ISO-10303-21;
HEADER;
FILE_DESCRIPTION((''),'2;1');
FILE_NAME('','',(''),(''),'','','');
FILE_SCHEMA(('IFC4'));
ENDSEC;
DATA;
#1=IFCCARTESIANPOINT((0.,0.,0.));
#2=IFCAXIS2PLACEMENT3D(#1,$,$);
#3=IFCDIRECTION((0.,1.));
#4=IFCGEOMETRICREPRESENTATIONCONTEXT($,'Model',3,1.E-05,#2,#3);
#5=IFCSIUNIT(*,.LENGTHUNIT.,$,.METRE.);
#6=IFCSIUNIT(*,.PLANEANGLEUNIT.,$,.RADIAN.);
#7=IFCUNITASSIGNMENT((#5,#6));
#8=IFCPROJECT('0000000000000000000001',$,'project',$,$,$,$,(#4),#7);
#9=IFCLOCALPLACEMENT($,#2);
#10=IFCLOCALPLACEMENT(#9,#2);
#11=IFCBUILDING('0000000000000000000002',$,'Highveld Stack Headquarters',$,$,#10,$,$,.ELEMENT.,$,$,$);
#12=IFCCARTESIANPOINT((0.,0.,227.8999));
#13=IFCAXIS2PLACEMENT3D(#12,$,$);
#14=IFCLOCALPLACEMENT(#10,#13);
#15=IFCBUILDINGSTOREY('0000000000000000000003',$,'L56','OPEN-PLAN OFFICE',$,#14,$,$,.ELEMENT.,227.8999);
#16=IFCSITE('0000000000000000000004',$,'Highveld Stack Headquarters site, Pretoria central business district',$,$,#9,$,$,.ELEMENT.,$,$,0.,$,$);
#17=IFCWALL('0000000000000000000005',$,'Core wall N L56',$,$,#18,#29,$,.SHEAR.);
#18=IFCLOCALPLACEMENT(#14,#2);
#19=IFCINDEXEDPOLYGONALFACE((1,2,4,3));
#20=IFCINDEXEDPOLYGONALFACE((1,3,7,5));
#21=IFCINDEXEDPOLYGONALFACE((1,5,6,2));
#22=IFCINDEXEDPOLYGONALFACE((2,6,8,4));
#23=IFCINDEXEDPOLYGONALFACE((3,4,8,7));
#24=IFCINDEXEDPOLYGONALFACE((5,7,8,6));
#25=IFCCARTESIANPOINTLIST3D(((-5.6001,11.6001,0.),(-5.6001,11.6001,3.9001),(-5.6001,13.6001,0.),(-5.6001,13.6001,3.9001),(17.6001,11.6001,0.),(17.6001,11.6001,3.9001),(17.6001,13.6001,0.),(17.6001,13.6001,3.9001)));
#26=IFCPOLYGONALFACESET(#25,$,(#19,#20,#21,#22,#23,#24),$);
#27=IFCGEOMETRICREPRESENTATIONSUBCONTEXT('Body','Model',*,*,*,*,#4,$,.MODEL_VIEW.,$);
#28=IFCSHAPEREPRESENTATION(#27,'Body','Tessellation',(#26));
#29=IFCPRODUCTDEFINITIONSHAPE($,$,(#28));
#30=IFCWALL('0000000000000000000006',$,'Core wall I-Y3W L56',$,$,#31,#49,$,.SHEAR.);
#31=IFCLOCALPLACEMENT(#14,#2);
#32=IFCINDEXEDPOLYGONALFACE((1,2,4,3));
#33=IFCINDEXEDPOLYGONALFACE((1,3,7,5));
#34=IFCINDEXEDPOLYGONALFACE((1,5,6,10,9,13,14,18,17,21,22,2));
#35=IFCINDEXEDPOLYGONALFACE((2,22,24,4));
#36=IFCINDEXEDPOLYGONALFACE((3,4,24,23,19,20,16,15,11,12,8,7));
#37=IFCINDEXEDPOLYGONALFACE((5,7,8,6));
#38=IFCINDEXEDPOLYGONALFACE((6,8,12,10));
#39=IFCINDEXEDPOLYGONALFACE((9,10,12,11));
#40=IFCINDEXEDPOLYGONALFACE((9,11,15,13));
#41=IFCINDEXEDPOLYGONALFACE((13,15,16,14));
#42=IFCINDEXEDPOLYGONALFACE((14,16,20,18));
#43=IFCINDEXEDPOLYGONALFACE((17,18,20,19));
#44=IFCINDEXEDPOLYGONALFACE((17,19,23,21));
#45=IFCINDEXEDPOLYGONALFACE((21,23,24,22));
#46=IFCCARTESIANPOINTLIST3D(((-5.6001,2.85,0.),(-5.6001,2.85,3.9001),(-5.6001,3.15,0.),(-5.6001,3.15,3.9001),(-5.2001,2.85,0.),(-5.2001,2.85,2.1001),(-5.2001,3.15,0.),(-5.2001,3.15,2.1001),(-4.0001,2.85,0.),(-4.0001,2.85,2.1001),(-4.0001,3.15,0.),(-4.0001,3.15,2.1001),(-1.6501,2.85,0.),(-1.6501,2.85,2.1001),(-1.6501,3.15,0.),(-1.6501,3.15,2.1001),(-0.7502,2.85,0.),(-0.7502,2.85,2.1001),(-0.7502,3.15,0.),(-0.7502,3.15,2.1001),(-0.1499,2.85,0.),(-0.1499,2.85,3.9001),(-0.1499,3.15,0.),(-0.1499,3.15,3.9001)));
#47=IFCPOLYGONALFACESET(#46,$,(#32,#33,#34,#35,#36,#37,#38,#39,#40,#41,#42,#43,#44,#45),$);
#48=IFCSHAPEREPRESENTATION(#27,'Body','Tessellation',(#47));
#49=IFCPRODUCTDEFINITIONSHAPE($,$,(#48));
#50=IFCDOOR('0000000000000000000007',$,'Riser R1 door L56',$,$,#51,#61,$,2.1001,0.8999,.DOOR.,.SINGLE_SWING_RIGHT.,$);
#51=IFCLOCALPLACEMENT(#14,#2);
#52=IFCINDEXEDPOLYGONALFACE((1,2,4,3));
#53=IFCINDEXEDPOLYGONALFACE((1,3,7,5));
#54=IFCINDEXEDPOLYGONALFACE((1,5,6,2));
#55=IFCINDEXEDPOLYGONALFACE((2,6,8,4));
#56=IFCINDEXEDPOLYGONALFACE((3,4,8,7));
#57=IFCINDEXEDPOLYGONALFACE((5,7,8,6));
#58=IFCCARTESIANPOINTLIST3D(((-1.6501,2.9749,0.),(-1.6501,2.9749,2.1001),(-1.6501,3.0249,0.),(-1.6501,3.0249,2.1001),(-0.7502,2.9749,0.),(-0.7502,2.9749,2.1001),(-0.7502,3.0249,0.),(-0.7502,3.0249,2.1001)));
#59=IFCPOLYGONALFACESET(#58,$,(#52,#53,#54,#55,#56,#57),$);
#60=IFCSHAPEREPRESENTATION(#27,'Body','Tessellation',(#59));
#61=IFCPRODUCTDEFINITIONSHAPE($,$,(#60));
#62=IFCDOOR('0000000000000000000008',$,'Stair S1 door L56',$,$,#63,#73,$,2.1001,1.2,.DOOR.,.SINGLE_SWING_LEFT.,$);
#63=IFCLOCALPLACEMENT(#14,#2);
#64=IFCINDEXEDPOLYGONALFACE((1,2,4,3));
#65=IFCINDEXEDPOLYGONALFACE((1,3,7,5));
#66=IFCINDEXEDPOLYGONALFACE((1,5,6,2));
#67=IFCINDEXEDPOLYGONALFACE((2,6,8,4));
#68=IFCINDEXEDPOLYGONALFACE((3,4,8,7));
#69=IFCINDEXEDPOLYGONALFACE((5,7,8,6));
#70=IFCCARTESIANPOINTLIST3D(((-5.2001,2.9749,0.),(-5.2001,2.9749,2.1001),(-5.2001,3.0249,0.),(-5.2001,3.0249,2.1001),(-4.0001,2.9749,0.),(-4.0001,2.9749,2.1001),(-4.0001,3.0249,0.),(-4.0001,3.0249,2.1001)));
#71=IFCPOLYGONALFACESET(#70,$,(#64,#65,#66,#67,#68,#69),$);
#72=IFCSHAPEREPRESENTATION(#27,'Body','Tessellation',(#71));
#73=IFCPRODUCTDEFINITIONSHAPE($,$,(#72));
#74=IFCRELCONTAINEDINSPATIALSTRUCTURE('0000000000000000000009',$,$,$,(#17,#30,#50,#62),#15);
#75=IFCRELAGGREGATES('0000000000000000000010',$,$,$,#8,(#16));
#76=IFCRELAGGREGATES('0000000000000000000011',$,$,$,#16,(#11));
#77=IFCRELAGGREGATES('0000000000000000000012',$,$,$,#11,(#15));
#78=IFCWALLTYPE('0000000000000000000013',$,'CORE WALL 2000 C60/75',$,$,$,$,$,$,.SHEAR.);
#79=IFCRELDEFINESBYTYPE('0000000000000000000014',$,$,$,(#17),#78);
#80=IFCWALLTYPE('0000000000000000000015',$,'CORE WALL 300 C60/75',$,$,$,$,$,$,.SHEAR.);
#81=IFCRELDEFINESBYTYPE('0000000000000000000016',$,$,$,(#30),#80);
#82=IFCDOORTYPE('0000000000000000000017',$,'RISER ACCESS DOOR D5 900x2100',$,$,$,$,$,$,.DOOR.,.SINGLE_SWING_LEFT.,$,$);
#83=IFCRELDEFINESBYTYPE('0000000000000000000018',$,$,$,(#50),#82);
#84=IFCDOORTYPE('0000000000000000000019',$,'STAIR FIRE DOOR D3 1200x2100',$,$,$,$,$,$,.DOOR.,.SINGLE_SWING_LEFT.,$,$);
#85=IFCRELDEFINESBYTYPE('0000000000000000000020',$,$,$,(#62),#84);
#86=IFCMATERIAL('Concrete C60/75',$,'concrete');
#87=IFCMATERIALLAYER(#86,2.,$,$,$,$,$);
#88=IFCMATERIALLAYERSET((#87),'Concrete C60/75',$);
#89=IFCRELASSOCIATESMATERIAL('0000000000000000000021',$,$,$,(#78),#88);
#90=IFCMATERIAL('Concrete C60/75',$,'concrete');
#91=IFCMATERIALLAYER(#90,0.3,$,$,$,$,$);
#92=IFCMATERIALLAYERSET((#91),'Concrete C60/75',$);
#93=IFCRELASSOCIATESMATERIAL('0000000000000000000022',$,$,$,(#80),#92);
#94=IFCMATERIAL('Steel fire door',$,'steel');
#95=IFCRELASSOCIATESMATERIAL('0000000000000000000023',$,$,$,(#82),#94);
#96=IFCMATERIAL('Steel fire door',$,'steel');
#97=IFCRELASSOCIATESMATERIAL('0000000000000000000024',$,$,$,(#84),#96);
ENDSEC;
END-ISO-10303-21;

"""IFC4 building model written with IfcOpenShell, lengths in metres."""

from ifc_helpers import new_model, si_unit, direction, frame, frame_2d, origin, place, context, subcontext, project, spatial, rectangle, extrude, material, layer, layer_set, type_object, element, fill, save


model = new_model("IFC4")

# Units and contexts
model_context = context("Model", 3, precision=1e-05, world=origin(), true_north=direction((0.0, 1.0)))
body_context = subcontext(model_context, "Body", "Model", "MODEL_VIEW")
ifc_project = project(units=[si_unit("LENGTHUNIT", "METRE"), si_unit("PLANEANGLEUNIT", "RADIAN")], contexts=[model_context])

# Site, building, storey
site_placement = place(None, origin())
site = spatial("IfcSite", under=ifc_project, at=site_placement, Name="Highveld Stack Headquarters site, Pretoria central business district", CompositionType="ELEMENT", RefElevation=0.0)
building_placement = place(site_placement, origin())
building = spatial("IfcBuilding", under=site, at=building_placement, Name="Highveld Stack Headquarters", CompositionType="ELEMENT")
storey_placement = place(building_placement, frame((0.0, 0.0, 227.8999)))
storey = spatial("IfcBuildingStorey", under=building, at=storey_placement, Name="L56", Description="OPEN-PLAN OFFICE", CompositionType="ELEMENT", Elevation=227.8999)

# Wall
ifc_material_1 = material(Name="Concrete C60/75", Category="concrete")
ifc_layer_1 = layer(ifc_material_1, 2.0)
ifc_layer_set_1 = layer_set([ifc_layer_1], Name="Concrete C60/75")
wall_type_1 = type_object("IfcWallType", Name="CORE WALL 2000 C60/75", PredefinedType="SHEAR", material=ifc_layer_set_1)
wall_1_placement = place(storey_placement, frame((-5.6001, 12.6001, 0.0), z_axis=(0.0, 0.0, 1.0), x_axis=(1.0, 0.0, 0.0)))
element("IfcWall", 1, at=wall_1_placement, inside=storey, type_object=wall_type_1, Name="Core wall N L56", PredefinedType="SHEAR", context=body_context, shape_type="SweptSolid", body=[
    extrude(rectangle(XDim=23.2002, YDim=2.0, at=frame_2d((11.6001, 0.0))), origin(), (0.0, 0.0, 1.0), 3.9001),
])

# Wall, openings, doors
ifc_material_2 = material(Name="Concrete C60/75", Category="concrete")
ifc_layer_2 = layer(ifc_material_2, 0.3)
ifc_layer_set_2 = layer_set([ifc_layer_2], Name="Concrete C60/75")
wall_type_2 = type_object("IfcWallType", Name="CORE WALL 300 C60/75", PredefinedType="SHEAR", material=ifc_layer_set_2)
wall_2_placement = place(storey_placement, frame((-5.6001, 3.0, 0.0), z_axis=(0.0, 0.0, 1.0), x_axis=(1.0, 0.0, 0.0)))
wall_2 = element("IfcWall", 2, at=wall_2_placement, inside=storey, type_object=wall_type_2, Name="Core wall I-Y3W L56", PredefinedType="SHEAR", context=body_context, shape_type="SweptSolid", body=[
    extrude(rectangle(XDim=5.4502, YDim=0.3, at=frame_2d((2.7251, 0.0))), origin(), (0.0, 0.0, 1.0), 3.9001),
])
opening_1_placement = place(wall_2_placement, frame((0.3999, 0.0, 0.0)))
opening_1 = element("IfcOpeningElement", 3, at=opening_1_placement, cuts=wall_2, PredefinedType="OPENING", context=body_context, shape_type="SweptSolid", body=[
    extrude(rectangle(XDim=1.2, YDim=2.1001, at=frame_2d((0.6001, 1.05))), frame((0.0, 0.1599, 0.0), z_axis=(0.0, -1.0, 0.0), x_axis=(1.0, 0.0, 0.0)), (0.0, 0.0, 1.0), 0.3201),
])
opening_2_placement = place(wall_2_placement, frame((3.95, 0.0, 0.0)))
opening_2 = element("IfcOpeningElement", 4, at=opening_2_placement, cuts=wall_2, PredefinedType="OPENING", context=body_context, shape_type="SweptSolid", body=[
    extrude(rectangle(XDim=0.8999, YDim=2.1001, at=frame_2d((0.45, 1.05))), frame((0.0, 0.1599, 0.0), z_axis=(0.0, -1.0, 0.0), x_axis=(1.0, 0.0, 0.0)), (0.0, 0.0, 1.0), 0.3201),
])
ifc_material_3 = material(Name="Steel fire door", Category="steel")
door_type_1 = type_object("IfcDoorType", Name="RISER ACCESS DOOR D5 900x2100", OperationType="SINGLE_SWING_LEFT", PredefinedType="DOOR", material=ifc_material_3)
door_1_placement = place(opening_2_placement, origin())
door_1 = element("IfcDoor", 5, at=door_1_placement, inside=storey, type_object=door_type_1, Name="Riser R1 door L56", OperationType="SINGLE_SWING_RIGHT", OverallHeight=2.1001, OverallWidth=0.8999, PredefinedType="DOOR", context=body_context, shape_type="SweptSolid", body=[
    extrude(rectangle(XDim=0.8999, YDim=2.1001, at=frame_2d((0.45, 1.05))), frame((0.0, 0.0249, 0.0), z_axis=(0.0, -1.0, 0.0), x_axis=(1.0, 0.0, 0.0)), (0.0, 0.0, 1.0), 0.05),
])
fill(opening_2, door_1)
ifc_material_4 = material(Name="Steel fire door", Category="steel")
door_type_2 = type_object("IfcDoorType", Name="STAIR FIRE DOOR D3 1200x2100", OperationType="SINGLE_SWING_LEFT", PredefinedType="DOOR", material=ifc_material_4)
door_2_placement = place(opening_1_placement, origin())
door_2 = element("IfcDoor", 6, at=door_2_placement, inside=storey, type_object=door_type_2, Name="Stair S1 door L56", OperationType="SINGLE_SWING_LEFT", OverallHeight=2.1001, OverallWidth=1.2, PredefinedType="DOOR", context=body_context, shape_type="SweptSolid", body=[
    extrude(rectangle(XDim=1.2, YDim=2.1001, at=frame_2d((0.6001, 1.05))), frame((0.0, 0.0249, 0.0), z_axis=(0.0, -1.0, 0.0), x_axis=(1.0, 0.0, 0.0)), (0.0, 0.0, 1.0), 0.05),
])
fill(opening_1, door_2)

save(model, "model.ifc")
